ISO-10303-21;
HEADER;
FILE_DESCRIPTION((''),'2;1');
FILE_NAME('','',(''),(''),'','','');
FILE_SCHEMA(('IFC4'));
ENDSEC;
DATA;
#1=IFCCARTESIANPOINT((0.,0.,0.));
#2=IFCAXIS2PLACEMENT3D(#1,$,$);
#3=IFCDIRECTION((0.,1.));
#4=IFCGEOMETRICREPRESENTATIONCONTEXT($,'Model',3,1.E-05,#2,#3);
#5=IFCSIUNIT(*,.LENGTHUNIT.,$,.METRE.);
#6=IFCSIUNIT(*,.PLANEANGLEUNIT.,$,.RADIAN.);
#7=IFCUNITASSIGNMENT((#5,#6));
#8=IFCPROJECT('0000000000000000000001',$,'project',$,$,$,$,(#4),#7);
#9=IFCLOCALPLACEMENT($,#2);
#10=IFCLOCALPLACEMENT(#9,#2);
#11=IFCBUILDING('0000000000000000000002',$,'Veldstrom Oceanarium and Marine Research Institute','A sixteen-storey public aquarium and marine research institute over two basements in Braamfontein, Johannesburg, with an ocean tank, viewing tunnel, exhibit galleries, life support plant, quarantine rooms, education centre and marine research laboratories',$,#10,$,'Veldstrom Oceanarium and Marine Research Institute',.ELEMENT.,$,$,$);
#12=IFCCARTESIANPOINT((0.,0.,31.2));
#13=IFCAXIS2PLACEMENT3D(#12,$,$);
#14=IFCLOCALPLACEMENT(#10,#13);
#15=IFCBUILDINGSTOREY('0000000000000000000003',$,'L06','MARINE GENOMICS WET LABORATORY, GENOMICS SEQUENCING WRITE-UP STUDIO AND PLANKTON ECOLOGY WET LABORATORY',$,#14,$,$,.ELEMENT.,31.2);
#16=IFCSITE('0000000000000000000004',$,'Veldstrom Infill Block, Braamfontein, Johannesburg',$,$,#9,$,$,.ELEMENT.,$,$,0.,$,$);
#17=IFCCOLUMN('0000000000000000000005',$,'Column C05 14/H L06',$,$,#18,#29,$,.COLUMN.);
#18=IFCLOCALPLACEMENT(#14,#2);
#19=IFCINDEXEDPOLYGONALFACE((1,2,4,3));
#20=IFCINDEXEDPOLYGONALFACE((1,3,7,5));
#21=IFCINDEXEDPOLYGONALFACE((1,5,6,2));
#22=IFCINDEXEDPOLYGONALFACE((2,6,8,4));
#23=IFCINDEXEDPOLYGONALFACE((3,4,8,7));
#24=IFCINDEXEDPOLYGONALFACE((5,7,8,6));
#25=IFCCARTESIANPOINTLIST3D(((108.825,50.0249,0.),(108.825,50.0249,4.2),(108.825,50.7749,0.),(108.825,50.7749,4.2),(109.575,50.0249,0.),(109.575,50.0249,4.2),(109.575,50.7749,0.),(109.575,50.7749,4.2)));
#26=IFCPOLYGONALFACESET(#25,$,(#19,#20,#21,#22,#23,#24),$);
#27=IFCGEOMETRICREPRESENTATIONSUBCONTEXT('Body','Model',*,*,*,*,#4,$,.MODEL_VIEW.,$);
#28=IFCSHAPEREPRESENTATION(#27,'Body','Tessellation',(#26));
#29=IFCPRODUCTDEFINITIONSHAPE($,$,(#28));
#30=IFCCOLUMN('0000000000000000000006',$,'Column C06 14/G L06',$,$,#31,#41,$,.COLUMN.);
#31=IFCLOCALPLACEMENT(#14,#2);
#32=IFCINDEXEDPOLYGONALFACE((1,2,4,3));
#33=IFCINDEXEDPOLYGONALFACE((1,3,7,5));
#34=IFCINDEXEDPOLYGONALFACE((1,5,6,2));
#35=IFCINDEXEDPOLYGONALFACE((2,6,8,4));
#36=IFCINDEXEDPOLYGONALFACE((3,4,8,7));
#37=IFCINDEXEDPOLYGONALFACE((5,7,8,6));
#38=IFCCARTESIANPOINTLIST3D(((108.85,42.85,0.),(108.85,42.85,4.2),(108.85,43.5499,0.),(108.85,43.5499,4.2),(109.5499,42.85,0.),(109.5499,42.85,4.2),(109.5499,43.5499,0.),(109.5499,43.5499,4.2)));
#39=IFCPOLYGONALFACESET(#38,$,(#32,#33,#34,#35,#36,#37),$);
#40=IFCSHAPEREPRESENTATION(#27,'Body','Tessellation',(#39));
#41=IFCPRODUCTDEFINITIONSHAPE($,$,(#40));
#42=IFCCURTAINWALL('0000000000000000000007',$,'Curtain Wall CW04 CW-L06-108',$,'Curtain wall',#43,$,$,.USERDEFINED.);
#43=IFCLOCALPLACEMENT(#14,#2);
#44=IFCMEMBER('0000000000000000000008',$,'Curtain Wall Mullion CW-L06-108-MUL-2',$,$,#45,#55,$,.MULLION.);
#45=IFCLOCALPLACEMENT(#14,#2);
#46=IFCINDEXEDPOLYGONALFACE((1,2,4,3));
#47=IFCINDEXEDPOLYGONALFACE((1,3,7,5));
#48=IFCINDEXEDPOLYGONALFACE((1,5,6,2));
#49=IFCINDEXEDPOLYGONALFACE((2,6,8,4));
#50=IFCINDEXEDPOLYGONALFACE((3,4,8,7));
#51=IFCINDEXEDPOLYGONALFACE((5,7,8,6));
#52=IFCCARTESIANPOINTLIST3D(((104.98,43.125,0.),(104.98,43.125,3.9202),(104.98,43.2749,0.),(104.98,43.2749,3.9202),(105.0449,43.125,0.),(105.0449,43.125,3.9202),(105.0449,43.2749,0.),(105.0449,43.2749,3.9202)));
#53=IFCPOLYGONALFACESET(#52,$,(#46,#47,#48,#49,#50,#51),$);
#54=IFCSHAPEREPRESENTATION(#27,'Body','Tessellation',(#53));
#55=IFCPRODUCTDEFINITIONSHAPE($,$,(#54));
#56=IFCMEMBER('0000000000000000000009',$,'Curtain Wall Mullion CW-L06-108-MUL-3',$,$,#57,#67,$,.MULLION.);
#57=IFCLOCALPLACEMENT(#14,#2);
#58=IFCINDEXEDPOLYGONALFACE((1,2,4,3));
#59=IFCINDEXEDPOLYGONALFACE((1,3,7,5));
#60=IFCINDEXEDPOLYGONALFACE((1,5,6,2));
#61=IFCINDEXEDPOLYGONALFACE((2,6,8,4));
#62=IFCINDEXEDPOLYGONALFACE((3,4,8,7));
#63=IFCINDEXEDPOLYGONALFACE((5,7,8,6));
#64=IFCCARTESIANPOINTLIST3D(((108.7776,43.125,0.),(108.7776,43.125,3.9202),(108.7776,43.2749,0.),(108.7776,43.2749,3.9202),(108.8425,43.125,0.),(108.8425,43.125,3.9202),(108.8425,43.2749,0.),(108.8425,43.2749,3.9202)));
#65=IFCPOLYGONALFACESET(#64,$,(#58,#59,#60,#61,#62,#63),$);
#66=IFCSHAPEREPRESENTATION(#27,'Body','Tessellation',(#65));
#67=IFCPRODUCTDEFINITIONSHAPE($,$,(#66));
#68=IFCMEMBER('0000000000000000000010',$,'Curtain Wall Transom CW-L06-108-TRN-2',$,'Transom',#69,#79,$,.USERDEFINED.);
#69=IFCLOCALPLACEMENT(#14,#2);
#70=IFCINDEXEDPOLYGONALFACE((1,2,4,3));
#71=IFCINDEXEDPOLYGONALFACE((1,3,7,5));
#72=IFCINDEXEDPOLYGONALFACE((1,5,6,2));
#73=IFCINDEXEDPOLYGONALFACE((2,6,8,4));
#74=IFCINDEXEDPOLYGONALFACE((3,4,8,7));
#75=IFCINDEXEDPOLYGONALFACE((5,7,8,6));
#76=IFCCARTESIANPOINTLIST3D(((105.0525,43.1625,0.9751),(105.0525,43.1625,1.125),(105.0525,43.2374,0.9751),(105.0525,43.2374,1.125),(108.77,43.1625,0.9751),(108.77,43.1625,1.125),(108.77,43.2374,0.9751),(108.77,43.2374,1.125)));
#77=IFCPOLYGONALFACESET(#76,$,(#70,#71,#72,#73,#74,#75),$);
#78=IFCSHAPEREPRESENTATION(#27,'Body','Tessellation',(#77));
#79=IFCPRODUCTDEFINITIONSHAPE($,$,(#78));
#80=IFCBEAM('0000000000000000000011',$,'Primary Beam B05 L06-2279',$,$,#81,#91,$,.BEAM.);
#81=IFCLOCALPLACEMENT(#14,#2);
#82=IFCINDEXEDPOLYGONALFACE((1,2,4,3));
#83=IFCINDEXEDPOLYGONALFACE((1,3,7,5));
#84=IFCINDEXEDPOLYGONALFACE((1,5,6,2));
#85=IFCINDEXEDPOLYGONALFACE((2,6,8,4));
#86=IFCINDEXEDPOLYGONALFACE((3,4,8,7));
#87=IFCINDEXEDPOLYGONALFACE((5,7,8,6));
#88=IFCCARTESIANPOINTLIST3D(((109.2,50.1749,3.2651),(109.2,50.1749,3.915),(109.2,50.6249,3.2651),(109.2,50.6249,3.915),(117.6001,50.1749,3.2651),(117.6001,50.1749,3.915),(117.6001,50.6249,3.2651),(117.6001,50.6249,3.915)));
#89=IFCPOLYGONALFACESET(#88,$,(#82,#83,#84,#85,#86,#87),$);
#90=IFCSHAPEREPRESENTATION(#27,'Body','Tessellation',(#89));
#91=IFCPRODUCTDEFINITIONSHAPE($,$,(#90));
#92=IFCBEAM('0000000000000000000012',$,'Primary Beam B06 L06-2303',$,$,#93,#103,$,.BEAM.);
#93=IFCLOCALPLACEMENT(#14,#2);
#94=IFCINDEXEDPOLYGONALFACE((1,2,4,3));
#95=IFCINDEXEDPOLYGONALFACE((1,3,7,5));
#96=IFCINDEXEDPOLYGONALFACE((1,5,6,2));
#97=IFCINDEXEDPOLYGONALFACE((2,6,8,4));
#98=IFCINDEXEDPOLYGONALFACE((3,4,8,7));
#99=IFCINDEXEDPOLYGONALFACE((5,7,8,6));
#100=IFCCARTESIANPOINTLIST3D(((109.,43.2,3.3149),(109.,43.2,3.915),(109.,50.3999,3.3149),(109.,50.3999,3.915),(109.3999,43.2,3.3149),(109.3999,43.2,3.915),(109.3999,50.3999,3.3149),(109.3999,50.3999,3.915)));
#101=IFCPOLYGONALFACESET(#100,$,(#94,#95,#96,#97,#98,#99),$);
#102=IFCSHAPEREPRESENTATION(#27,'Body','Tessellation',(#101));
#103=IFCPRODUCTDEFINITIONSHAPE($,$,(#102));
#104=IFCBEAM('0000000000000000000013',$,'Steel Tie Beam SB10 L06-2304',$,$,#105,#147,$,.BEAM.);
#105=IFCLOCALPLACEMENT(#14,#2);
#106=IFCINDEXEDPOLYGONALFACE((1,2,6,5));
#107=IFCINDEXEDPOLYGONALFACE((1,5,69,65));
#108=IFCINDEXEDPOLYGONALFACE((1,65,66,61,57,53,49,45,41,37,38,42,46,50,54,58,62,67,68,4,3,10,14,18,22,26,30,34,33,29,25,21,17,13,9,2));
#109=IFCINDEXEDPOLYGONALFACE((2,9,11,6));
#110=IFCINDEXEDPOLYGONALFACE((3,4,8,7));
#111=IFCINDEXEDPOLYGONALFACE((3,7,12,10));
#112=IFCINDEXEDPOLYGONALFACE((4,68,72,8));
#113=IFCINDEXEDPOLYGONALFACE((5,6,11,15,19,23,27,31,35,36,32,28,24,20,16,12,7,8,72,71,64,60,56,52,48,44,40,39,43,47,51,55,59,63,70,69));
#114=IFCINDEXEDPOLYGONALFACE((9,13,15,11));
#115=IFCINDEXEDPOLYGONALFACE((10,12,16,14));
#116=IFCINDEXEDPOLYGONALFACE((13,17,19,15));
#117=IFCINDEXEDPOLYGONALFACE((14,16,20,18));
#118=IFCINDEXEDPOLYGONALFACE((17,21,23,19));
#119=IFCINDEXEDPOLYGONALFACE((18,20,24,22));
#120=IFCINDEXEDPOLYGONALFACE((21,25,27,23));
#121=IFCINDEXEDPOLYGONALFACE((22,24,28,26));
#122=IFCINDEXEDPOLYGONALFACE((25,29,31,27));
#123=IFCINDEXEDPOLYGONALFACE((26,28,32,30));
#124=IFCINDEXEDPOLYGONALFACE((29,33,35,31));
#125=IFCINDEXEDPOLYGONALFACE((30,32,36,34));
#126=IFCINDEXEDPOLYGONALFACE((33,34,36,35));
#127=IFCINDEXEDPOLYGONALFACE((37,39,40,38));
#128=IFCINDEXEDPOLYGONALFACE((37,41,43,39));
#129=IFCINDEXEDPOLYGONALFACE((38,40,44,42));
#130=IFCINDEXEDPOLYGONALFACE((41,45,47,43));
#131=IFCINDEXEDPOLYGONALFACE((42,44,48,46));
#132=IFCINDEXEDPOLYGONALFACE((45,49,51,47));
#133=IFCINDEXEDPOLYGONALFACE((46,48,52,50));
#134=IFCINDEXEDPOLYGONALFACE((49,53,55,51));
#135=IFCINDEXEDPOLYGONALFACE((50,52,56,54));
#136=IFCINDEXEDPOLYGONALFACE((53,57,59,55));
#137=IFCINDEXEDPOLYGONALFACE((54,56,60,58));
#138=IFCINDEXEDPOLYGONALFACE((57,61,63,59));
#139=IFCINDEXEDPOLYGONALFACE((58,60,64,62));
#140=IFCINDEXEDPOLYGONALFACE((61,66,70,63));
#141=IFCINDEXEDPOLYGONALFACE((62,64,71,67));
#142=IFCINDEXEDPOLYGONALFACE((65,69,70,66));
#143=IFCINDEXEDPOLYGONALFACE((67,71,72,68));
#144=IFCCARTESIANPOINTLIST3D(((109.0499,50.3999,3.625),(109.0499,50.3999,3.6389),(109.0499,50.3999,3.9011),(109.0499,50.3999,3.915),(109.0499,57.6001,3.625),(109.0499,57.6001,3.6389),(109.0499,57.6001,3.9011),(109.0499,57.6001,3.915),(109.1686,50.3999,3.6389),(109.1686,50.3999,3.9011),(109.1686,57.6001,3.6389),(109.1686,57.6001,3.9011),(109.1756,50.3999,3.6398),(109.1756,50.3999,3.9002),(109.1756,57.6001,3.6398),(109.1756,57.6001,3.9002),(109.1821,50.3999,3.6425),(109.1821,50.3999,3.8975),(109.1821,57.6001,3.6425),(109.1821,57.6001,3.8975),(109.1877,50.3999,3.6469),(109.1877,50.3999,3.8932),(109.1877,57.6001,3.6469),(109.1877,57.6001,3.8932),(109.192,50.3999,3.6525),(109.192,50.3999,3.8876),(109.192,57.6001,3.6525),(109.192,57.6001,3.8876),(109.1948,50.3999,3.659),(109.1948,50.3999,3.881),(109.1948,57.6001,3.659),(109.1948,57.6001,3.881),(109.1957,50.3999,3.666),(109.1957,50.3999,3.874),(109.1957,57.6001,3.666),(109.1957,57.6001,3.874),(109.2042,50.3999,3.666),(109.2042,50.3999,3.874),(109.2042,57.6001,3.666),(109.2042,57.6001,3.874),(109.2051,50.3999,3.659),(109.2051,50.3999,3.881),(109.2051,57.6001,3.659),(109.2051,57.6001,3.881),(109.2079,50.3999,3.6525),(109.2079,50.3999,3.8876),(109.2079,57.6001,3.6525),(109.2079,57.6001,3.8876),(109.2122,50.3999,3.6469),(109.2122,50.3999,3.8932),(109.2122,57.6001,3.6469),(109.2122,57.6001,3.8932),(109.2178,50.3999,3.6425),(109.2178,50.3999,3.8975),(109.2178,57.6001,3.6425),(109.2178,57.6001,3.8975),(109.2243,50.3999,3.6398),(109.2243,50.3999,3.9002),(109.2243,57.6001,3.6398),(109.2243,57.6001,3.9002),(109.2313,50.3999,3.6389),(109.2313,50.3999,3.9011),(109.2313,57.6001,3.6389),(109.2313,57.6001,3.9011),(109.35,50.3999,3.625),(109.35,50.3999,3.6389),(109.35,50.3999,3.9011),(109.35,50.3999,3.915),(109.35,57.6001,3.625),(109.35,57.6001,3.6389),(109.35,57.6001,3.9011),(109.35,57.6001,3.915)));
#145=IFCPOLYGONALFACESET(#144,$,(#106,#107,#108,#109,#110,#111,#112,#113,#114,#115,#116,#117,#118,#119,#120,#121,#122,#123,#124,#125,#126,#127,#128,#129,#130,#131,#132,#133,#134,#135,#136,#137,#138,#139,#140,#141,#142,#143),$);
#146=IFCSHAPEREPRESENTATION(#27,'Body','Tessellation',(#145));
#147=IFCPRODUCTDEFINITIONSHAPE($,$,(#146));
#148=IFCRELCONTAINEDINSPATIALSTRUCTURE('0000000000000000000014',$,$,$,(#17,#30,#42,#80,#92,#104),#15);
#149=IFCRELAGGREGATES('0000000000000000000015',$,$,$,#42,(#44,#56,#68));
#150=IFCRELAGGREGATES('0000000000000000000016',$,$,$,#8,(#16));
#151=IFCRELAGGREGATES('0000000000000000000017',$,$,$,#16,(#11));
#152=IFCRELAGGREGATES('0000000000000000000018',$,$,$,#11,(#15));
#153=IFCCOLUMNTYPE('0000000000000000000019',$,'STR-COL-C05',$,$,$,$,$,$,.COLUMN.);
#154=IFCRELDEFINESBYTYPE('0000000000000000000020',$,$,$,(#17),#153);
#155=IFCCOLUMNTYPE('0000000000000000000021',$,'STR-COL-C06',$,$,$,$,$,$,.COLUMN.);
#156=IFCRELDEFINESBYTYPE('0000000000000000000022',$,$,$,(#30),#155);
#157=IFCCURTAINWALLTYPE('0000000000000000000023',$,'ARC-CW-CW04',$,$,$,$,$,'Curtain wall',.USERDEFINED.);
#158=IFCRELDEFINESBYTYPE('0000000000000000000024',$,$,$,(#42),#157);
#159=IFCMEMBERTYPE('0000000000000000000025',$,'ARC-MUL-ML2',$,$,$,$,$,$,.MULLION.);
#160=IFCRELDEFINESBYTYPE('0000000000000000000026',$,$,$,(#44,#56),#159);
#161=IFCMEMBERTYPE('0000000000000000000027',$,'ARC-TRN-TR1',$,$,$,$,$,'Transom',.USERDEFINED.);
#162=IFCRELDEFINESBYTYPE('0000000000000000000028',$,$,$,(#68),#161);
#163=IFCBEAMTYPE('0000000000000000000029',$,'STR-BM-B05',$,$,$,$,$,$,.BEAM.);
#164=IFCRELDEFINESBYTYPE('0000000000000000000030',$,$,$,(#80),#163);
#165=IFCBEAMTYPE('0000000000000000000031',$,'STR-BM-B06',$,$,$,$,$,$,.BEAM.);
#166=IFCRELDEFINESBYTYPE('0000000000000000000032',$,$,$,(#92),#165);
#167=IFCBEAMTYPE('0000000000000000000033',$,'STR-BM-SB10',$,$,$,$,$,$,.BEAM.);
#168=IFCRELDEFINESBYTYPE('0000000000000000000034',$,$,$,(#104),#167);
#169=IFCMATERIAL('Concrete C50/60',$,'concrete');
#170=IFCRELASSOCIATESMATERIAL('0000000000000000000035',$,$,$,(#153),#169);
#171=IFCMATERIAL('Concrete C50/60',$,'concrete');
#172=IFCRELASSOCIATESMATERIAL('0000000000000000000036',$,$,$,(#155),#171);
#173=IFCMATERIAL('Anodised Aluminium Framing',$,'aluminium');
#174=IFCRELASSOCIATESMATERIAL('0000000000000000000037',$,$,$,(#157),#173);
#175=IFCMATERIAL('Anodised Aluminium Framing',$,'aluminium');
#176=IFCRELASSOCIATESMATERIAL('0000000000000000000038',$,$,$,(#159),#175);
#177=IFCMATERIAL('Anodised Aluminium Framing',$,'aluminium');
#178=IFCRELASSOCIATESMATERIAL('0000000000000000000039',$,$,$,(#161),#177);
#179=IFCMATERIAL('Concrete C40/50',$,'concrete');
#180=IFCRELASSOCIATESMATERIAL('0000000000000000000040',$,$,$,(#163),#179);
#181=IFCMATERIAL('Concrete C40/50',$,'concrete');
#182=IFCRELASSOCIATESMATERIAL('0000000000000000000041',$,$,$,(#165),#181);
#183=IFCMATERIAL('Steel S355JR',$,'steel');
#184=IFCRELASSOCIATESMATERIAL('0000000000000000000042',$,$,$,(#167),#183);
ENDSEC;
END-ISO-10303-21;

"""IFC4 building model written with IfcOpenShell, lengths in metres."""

from ifc_helpers import new_model, si_unit, direction, frame, origin, origin_2d, place, context, subcontext, project, spatial, rectangle, i_section, extrude, material, material_profile, profile_set, type_object, element, aggregate, save


model = new_model("IFC4")

# Units and contexts
model_context = context("Model", 3, precision=1e-05, world=origin(), true_north=direction((0.0, 1.0)))
body_context = subcontext(model_context, "Body", "Model", "MODEL_VIEW")
ifc_project = project(units=[si_unit("LENGTHUNIT", "METRE"), si_unit("PLANEANGLEUNIT", "RADIAN")], contexts=[model_context])

# Site, building, storey
site_placement = place(None, origin())
site = spatial("IfcSite", under=ifc_project, at=site_placement, Name="Veldstrom Infill Block, Braamfontein, Johannesburg", CompositionType="ELEMENT", RefElevation=0.0)
building_placement = place(site_placement, origin())
building = spatial("IfcBuilding", under=site, at=building_placement, Name="Veldstrom Oceanarium and Marine Research Institute", Description="A sixteen-storey public aquarium and marine research institute over two basements in Braamfontein, Johannesburg, with an ocean tank, viewing tunnel, exhibit galleries, life support plant, quarantine rooms, education centre and marine research laboratories", LongName="Veldstrom Oceanarium and Marine Research Institute", CompositionType="ELEMENT")
storey_placement = place(building_placement, frame((0.0, 0.0, 31.2)))
storey = spatial("IfcBuildingStorey", under=building, at=storey_placement, Name="L06", Description="MARINE GENOMICS WET LABORATORY, GENOMICS SEQUENCING WRITE-UP STUDIO AND PLANKTON ECOLOGY WET LABORATORY", CompositionType="ELEMENT", Elevation=31.2)

# Columns
ifc_material_1 = material(Name="Concrete C50/60", Category="concrete")
ifc_material_profile_1 = material_profile(ifc_material_1, rectangle(XDim=0.75, YDim=0.75, at=origin_2d()), Name="RC-COL-750x750")
ifc_profile_set_1 = profile_set([ifc_material_profile_1], Name="Concrete C50/60")
column_type_1 = type_object("IfcColumnType", Name="STR-COL-C05", PredefinedType="COLUMN", material=ifc_profile_set_1)
column_1_placement = place(storey_placement, frame((109.2, 50.3999, 0.0), z_axis=(0.0, 0.0, 1.0), x_axis=(1.0, 0.0, 0.0)))
element("IfcColumn", 1, at=column_1_placement, inside=storey, type_object=column_type_1, Name="Column C05 14/H L06", PredefinedType="COLUMN", context=body_context, shape_type="SweptSolid", body=[
    extrude(rectangle(XDim=0.75, YDim=0.75, at=origin_2d()), origin(), (0.0, 0.0, 1.0), 4.2),
])
ifc_material_2 = material(Name="Concrete C50/60", Category="concrete")
ifc_material_profile_2 = material_profile(ifc_material_2, rectangle(XDim=0.7, YDim=0.7, at=origin_2d()), Name="RC-COL-700x700")
ifc_profile_set_2 = profile_set([ifc_material_profile_2], Name="Concrete C50/60")
column_type_2 = type_object("IfcColumnType", Name="STR-COL-C06", PredefinedType="COLUMN", material=ifc_profile_set_2)
column_2_placement = place(storey_placement, frame((109.2, 43.2, 0.0), z_axis=(0.0, 0.0, 1.0), x_axis=(1.0, 0.0, 0.0)))
element("IfcColumn", 2, at=column_2_placement, inside=storey, type_object=column_type_2, Name="Column C06 14/G L06", PredefinedType="COLUMN", context=body_context, shape_type="SweptSolid", body=[
    extrude(rectangle(XDim=0.7, YDim=0.7, at=origin_2d()), origin(), (0.0, 0.0, 1.0), 4.2),
])

# Curtain wall, members
ifc_material_3 = material(Name="Anodised Aluminium Framing", Category="aluminium")
curtain_wall_type = type_object("IfcCurtainWallType", Name="ARC-CW-CW04", ElementType="Curtain wall", PredefinedType="USERDEFINED", material=ifc_material_3)
curtain_wall_placement = place(storey_placement, origin())
curtain_wall = element("IfcCurtainWall", 3, at=curtain_wall_placement, inside=storey, type_object=curtain_wall_type, Name="Curtain Wall CW04 CW-L06-108", ObjectType="Curtain wall", PredefinedType="USERDEFINED")
ifc_material_4 = material(Name="Anodised Aluminium Framing", Category="aluminium")
ifc_material_profile_3 = material_profile(ifc_material_4, rectangle(XDim=0.0649, YDim=0.1499, at=origin_2d()), Name="ALU-MUL-65x150")
ifc_profile_set_3 = profile_set([ifc_material_profile_3], Name="Anodised Aluminium Framing")
member_type_1 = type_object("IfcMemberType", Name="ARC-MUL-ML2", PredefinedType="MULLION", material=ifc_profile_set_3)
member_1_placement = place(storey_placement, frame((105.0125, 43.2, 0.0), z_axis=(0.0, 0.0, 1.0), x_axis=(1.0, 0.0, 0.0)))
member_1 = element("IfcMember", 4, at=member_1_placement, type_object=member_type_1, Name="Curtain Wall Mullion CW-L06-108-MUL-2", PredefinedType="MULLION", context=body_context, shape_type="SweptSolid", body=[
    extrude(rectangle(XDim=0.0649, YDim=0.1499, at=origin_2d()), origin(), (0.0, 0.0, 1.0), 3.9202),
])
member_2_placement = place(storey_placement, frame((108.8101, 43.2, 0.0), z_axis=(0.0, 0.0, 1.0), x_axis=(1.0, 0.0, 0.0)))
member_2 = element("IfcMember", 5, at=member_2_placement, type_object=member_type_1, Name="Curtain Wall Mullion CW-L06-108-MUL-3", PredefinedType="MULLION", context=body_context, shape_type="SweptSolid", body=[
    extrude(rectangle(XDim=0.0649, YDim=0.1499, at=origin_2d()), origin(), (0.0, 0.0, 1.0), 3.9202),
])
ifc_material_5 = material(Name="Anodised Aluminium Framing", Category="aluminium")
ifc_material_profile_4 = material_profile(ifc_material_5, rectangle(XDim=0.075, YDim=0.1499, at=origin_2d()), Name="ALU-TRN-75x150")
ifc_profile_set_4 = profile_set([ifc_material_profile_4], Name="Anodised Aluminium Framing")
member_type_2 = type_object("IfcMemberType", Name="ARC-TRN-TR1", ElementType="Transom", PredefinedType="USERDEFINED", material=ifc_profile_set_4)
member_3_placement = place(storey_placement, frame((105.0525, 43.2, 1.05), z_axis=(1.0, 0.0, 0.0), x_axis=(0.0, 1.0, 0.0)))
member_3 = element("IfcMember", 6, at=member_3_placement, type_object=member_type_2, Name="Curtain Wall Transom CW-L06-108-TRN-2", ObjectType="Transom", PredefinedType="USERDEFINED", context=body_context, shape_type="SweptSolid", body=[
    extrude(rectangle(XDim=0.075, YDim=0.1499, at=origin_2d()), origin(), (0.0, 0.0, 1.0), 3.7175),
])

# Beams
ifc_material_6 = material(Name="Concrete C40/50", Category="concrete")
ifc_material_profile_5 = material_profile(ifc_material_6, rectangle(XDim=0.45, YDim=0.6499, at=origin_2d()), Name="RC-BM-450x650")
ifc_profile_set_5 = profile_set([ifc_material_profile_5], Name="Concrete C40/50")
beam_type_1 = type_object("IfcBeamType", Name="STR-BM-B05", PredefinedType="BEAM", material=ifc_profile_set_5)
beam_1_placement = place(storey_placement, frame((109.2, 50.3999, 3.5901), z_axis=(1.0, 0.0, 0.0), x_axis=(0.0, 1.0, 0.0)))
element("IfcBeam", 7, at=beam_1_placement, inside=storey, type_object=beam_type_1, Name="Primary Beam B05 L06-2279", PredefinedType="BEAM", context=body_context, shape_type="SweptSolid", body=[
    extrude(rectangle(XDim=0.45, YDim=0.6499, at=origin_2d()), origin(), (0.0, 0.0, 1.0), 8.4001),
])
ifc_material_7 = material(Name="Concrete C40/50", Category="concrete")
ifc_material_profile_6 = material_profile(ifc_material_7, rectangle(XDim=0.3999, YDim=0.6001, at=origin_2d()), Name="RC-BM-400x600")
ifc_profile_set_6 = profile_set([ifc_material_profile_6], Name="Concrete C40/50")
beam_type_2 = type_object("IfcBeamType", Name="STR-BM-B06", PredefinedType="BEAM", material=ifc_profile_set_6)
beam_2_placement = place(storey_placement, frame((109.2, 43.2, 3.615), z_axis=(0.0, 1.0, 0.0), x_axis=(-1.0, 0.0, 0.0)))
element("IfcBeam", 8, at=beam_2_placement, inside=storey, type_object=beam_type_2, Name="Primary Beam B06 L06-2303", PredefinedType="BEAM", context=body_context, shape_type="SweptSolid", body=[
    extrude(rectangle(XDim=0.3999, YDim=0.6001, at=origin_2d()), origin(), (0.0, 0.0, 1.0), 7.2),
])
ifc_material_8 = material(Name="Steel S355JR", Category="steel")
ifc_material_profile_7 = material_profile(ifc_material_8, i_section(OverallWidth=0.3, OverallDepth=0.29, WebThickness=0.0085, FlangeThickness=0.0139, FilletRadius=0.0271, at=origin_2d()), Name="HEA 300")
ifc_profile_set_7 = profile_set([ifc_material_profile_7], Name="Steel S355JR")
beam_type_3 = type_object("IfcBeamType", Name="STR-BM-SB10", PredefinedType="BEAM", material=ifc_profile_set_7)
beam_3_placement = place(storey_placement, frame((109.2, 50.3999, 3.77), z_axis=(0.0, 1.0, 0.0), x_axis=(-1.0, 0.0, 0.0)))
element("IfcBeam", 9, at=beam_3_placement, inside=storey, type_object=beam_type_3, Name="Steel Tie Beam SB10 L06-2304", PredefinedType="BEAM", context=body_context, shape_type="SweptSolid", body=[
    extrude(i_section(OverallWidth=0.3, OverallDepth=0.29, WebThickness=0.0085, FlangeThickness=0.0139, FilletRadius=0.0271, at=origin_2d()), origin(), (0.0, 0.0, 1.0), 7.2002),
])

aggregate(curtain_wall, [member_1, member_2, member_3])

save(model, "model.ifc")
